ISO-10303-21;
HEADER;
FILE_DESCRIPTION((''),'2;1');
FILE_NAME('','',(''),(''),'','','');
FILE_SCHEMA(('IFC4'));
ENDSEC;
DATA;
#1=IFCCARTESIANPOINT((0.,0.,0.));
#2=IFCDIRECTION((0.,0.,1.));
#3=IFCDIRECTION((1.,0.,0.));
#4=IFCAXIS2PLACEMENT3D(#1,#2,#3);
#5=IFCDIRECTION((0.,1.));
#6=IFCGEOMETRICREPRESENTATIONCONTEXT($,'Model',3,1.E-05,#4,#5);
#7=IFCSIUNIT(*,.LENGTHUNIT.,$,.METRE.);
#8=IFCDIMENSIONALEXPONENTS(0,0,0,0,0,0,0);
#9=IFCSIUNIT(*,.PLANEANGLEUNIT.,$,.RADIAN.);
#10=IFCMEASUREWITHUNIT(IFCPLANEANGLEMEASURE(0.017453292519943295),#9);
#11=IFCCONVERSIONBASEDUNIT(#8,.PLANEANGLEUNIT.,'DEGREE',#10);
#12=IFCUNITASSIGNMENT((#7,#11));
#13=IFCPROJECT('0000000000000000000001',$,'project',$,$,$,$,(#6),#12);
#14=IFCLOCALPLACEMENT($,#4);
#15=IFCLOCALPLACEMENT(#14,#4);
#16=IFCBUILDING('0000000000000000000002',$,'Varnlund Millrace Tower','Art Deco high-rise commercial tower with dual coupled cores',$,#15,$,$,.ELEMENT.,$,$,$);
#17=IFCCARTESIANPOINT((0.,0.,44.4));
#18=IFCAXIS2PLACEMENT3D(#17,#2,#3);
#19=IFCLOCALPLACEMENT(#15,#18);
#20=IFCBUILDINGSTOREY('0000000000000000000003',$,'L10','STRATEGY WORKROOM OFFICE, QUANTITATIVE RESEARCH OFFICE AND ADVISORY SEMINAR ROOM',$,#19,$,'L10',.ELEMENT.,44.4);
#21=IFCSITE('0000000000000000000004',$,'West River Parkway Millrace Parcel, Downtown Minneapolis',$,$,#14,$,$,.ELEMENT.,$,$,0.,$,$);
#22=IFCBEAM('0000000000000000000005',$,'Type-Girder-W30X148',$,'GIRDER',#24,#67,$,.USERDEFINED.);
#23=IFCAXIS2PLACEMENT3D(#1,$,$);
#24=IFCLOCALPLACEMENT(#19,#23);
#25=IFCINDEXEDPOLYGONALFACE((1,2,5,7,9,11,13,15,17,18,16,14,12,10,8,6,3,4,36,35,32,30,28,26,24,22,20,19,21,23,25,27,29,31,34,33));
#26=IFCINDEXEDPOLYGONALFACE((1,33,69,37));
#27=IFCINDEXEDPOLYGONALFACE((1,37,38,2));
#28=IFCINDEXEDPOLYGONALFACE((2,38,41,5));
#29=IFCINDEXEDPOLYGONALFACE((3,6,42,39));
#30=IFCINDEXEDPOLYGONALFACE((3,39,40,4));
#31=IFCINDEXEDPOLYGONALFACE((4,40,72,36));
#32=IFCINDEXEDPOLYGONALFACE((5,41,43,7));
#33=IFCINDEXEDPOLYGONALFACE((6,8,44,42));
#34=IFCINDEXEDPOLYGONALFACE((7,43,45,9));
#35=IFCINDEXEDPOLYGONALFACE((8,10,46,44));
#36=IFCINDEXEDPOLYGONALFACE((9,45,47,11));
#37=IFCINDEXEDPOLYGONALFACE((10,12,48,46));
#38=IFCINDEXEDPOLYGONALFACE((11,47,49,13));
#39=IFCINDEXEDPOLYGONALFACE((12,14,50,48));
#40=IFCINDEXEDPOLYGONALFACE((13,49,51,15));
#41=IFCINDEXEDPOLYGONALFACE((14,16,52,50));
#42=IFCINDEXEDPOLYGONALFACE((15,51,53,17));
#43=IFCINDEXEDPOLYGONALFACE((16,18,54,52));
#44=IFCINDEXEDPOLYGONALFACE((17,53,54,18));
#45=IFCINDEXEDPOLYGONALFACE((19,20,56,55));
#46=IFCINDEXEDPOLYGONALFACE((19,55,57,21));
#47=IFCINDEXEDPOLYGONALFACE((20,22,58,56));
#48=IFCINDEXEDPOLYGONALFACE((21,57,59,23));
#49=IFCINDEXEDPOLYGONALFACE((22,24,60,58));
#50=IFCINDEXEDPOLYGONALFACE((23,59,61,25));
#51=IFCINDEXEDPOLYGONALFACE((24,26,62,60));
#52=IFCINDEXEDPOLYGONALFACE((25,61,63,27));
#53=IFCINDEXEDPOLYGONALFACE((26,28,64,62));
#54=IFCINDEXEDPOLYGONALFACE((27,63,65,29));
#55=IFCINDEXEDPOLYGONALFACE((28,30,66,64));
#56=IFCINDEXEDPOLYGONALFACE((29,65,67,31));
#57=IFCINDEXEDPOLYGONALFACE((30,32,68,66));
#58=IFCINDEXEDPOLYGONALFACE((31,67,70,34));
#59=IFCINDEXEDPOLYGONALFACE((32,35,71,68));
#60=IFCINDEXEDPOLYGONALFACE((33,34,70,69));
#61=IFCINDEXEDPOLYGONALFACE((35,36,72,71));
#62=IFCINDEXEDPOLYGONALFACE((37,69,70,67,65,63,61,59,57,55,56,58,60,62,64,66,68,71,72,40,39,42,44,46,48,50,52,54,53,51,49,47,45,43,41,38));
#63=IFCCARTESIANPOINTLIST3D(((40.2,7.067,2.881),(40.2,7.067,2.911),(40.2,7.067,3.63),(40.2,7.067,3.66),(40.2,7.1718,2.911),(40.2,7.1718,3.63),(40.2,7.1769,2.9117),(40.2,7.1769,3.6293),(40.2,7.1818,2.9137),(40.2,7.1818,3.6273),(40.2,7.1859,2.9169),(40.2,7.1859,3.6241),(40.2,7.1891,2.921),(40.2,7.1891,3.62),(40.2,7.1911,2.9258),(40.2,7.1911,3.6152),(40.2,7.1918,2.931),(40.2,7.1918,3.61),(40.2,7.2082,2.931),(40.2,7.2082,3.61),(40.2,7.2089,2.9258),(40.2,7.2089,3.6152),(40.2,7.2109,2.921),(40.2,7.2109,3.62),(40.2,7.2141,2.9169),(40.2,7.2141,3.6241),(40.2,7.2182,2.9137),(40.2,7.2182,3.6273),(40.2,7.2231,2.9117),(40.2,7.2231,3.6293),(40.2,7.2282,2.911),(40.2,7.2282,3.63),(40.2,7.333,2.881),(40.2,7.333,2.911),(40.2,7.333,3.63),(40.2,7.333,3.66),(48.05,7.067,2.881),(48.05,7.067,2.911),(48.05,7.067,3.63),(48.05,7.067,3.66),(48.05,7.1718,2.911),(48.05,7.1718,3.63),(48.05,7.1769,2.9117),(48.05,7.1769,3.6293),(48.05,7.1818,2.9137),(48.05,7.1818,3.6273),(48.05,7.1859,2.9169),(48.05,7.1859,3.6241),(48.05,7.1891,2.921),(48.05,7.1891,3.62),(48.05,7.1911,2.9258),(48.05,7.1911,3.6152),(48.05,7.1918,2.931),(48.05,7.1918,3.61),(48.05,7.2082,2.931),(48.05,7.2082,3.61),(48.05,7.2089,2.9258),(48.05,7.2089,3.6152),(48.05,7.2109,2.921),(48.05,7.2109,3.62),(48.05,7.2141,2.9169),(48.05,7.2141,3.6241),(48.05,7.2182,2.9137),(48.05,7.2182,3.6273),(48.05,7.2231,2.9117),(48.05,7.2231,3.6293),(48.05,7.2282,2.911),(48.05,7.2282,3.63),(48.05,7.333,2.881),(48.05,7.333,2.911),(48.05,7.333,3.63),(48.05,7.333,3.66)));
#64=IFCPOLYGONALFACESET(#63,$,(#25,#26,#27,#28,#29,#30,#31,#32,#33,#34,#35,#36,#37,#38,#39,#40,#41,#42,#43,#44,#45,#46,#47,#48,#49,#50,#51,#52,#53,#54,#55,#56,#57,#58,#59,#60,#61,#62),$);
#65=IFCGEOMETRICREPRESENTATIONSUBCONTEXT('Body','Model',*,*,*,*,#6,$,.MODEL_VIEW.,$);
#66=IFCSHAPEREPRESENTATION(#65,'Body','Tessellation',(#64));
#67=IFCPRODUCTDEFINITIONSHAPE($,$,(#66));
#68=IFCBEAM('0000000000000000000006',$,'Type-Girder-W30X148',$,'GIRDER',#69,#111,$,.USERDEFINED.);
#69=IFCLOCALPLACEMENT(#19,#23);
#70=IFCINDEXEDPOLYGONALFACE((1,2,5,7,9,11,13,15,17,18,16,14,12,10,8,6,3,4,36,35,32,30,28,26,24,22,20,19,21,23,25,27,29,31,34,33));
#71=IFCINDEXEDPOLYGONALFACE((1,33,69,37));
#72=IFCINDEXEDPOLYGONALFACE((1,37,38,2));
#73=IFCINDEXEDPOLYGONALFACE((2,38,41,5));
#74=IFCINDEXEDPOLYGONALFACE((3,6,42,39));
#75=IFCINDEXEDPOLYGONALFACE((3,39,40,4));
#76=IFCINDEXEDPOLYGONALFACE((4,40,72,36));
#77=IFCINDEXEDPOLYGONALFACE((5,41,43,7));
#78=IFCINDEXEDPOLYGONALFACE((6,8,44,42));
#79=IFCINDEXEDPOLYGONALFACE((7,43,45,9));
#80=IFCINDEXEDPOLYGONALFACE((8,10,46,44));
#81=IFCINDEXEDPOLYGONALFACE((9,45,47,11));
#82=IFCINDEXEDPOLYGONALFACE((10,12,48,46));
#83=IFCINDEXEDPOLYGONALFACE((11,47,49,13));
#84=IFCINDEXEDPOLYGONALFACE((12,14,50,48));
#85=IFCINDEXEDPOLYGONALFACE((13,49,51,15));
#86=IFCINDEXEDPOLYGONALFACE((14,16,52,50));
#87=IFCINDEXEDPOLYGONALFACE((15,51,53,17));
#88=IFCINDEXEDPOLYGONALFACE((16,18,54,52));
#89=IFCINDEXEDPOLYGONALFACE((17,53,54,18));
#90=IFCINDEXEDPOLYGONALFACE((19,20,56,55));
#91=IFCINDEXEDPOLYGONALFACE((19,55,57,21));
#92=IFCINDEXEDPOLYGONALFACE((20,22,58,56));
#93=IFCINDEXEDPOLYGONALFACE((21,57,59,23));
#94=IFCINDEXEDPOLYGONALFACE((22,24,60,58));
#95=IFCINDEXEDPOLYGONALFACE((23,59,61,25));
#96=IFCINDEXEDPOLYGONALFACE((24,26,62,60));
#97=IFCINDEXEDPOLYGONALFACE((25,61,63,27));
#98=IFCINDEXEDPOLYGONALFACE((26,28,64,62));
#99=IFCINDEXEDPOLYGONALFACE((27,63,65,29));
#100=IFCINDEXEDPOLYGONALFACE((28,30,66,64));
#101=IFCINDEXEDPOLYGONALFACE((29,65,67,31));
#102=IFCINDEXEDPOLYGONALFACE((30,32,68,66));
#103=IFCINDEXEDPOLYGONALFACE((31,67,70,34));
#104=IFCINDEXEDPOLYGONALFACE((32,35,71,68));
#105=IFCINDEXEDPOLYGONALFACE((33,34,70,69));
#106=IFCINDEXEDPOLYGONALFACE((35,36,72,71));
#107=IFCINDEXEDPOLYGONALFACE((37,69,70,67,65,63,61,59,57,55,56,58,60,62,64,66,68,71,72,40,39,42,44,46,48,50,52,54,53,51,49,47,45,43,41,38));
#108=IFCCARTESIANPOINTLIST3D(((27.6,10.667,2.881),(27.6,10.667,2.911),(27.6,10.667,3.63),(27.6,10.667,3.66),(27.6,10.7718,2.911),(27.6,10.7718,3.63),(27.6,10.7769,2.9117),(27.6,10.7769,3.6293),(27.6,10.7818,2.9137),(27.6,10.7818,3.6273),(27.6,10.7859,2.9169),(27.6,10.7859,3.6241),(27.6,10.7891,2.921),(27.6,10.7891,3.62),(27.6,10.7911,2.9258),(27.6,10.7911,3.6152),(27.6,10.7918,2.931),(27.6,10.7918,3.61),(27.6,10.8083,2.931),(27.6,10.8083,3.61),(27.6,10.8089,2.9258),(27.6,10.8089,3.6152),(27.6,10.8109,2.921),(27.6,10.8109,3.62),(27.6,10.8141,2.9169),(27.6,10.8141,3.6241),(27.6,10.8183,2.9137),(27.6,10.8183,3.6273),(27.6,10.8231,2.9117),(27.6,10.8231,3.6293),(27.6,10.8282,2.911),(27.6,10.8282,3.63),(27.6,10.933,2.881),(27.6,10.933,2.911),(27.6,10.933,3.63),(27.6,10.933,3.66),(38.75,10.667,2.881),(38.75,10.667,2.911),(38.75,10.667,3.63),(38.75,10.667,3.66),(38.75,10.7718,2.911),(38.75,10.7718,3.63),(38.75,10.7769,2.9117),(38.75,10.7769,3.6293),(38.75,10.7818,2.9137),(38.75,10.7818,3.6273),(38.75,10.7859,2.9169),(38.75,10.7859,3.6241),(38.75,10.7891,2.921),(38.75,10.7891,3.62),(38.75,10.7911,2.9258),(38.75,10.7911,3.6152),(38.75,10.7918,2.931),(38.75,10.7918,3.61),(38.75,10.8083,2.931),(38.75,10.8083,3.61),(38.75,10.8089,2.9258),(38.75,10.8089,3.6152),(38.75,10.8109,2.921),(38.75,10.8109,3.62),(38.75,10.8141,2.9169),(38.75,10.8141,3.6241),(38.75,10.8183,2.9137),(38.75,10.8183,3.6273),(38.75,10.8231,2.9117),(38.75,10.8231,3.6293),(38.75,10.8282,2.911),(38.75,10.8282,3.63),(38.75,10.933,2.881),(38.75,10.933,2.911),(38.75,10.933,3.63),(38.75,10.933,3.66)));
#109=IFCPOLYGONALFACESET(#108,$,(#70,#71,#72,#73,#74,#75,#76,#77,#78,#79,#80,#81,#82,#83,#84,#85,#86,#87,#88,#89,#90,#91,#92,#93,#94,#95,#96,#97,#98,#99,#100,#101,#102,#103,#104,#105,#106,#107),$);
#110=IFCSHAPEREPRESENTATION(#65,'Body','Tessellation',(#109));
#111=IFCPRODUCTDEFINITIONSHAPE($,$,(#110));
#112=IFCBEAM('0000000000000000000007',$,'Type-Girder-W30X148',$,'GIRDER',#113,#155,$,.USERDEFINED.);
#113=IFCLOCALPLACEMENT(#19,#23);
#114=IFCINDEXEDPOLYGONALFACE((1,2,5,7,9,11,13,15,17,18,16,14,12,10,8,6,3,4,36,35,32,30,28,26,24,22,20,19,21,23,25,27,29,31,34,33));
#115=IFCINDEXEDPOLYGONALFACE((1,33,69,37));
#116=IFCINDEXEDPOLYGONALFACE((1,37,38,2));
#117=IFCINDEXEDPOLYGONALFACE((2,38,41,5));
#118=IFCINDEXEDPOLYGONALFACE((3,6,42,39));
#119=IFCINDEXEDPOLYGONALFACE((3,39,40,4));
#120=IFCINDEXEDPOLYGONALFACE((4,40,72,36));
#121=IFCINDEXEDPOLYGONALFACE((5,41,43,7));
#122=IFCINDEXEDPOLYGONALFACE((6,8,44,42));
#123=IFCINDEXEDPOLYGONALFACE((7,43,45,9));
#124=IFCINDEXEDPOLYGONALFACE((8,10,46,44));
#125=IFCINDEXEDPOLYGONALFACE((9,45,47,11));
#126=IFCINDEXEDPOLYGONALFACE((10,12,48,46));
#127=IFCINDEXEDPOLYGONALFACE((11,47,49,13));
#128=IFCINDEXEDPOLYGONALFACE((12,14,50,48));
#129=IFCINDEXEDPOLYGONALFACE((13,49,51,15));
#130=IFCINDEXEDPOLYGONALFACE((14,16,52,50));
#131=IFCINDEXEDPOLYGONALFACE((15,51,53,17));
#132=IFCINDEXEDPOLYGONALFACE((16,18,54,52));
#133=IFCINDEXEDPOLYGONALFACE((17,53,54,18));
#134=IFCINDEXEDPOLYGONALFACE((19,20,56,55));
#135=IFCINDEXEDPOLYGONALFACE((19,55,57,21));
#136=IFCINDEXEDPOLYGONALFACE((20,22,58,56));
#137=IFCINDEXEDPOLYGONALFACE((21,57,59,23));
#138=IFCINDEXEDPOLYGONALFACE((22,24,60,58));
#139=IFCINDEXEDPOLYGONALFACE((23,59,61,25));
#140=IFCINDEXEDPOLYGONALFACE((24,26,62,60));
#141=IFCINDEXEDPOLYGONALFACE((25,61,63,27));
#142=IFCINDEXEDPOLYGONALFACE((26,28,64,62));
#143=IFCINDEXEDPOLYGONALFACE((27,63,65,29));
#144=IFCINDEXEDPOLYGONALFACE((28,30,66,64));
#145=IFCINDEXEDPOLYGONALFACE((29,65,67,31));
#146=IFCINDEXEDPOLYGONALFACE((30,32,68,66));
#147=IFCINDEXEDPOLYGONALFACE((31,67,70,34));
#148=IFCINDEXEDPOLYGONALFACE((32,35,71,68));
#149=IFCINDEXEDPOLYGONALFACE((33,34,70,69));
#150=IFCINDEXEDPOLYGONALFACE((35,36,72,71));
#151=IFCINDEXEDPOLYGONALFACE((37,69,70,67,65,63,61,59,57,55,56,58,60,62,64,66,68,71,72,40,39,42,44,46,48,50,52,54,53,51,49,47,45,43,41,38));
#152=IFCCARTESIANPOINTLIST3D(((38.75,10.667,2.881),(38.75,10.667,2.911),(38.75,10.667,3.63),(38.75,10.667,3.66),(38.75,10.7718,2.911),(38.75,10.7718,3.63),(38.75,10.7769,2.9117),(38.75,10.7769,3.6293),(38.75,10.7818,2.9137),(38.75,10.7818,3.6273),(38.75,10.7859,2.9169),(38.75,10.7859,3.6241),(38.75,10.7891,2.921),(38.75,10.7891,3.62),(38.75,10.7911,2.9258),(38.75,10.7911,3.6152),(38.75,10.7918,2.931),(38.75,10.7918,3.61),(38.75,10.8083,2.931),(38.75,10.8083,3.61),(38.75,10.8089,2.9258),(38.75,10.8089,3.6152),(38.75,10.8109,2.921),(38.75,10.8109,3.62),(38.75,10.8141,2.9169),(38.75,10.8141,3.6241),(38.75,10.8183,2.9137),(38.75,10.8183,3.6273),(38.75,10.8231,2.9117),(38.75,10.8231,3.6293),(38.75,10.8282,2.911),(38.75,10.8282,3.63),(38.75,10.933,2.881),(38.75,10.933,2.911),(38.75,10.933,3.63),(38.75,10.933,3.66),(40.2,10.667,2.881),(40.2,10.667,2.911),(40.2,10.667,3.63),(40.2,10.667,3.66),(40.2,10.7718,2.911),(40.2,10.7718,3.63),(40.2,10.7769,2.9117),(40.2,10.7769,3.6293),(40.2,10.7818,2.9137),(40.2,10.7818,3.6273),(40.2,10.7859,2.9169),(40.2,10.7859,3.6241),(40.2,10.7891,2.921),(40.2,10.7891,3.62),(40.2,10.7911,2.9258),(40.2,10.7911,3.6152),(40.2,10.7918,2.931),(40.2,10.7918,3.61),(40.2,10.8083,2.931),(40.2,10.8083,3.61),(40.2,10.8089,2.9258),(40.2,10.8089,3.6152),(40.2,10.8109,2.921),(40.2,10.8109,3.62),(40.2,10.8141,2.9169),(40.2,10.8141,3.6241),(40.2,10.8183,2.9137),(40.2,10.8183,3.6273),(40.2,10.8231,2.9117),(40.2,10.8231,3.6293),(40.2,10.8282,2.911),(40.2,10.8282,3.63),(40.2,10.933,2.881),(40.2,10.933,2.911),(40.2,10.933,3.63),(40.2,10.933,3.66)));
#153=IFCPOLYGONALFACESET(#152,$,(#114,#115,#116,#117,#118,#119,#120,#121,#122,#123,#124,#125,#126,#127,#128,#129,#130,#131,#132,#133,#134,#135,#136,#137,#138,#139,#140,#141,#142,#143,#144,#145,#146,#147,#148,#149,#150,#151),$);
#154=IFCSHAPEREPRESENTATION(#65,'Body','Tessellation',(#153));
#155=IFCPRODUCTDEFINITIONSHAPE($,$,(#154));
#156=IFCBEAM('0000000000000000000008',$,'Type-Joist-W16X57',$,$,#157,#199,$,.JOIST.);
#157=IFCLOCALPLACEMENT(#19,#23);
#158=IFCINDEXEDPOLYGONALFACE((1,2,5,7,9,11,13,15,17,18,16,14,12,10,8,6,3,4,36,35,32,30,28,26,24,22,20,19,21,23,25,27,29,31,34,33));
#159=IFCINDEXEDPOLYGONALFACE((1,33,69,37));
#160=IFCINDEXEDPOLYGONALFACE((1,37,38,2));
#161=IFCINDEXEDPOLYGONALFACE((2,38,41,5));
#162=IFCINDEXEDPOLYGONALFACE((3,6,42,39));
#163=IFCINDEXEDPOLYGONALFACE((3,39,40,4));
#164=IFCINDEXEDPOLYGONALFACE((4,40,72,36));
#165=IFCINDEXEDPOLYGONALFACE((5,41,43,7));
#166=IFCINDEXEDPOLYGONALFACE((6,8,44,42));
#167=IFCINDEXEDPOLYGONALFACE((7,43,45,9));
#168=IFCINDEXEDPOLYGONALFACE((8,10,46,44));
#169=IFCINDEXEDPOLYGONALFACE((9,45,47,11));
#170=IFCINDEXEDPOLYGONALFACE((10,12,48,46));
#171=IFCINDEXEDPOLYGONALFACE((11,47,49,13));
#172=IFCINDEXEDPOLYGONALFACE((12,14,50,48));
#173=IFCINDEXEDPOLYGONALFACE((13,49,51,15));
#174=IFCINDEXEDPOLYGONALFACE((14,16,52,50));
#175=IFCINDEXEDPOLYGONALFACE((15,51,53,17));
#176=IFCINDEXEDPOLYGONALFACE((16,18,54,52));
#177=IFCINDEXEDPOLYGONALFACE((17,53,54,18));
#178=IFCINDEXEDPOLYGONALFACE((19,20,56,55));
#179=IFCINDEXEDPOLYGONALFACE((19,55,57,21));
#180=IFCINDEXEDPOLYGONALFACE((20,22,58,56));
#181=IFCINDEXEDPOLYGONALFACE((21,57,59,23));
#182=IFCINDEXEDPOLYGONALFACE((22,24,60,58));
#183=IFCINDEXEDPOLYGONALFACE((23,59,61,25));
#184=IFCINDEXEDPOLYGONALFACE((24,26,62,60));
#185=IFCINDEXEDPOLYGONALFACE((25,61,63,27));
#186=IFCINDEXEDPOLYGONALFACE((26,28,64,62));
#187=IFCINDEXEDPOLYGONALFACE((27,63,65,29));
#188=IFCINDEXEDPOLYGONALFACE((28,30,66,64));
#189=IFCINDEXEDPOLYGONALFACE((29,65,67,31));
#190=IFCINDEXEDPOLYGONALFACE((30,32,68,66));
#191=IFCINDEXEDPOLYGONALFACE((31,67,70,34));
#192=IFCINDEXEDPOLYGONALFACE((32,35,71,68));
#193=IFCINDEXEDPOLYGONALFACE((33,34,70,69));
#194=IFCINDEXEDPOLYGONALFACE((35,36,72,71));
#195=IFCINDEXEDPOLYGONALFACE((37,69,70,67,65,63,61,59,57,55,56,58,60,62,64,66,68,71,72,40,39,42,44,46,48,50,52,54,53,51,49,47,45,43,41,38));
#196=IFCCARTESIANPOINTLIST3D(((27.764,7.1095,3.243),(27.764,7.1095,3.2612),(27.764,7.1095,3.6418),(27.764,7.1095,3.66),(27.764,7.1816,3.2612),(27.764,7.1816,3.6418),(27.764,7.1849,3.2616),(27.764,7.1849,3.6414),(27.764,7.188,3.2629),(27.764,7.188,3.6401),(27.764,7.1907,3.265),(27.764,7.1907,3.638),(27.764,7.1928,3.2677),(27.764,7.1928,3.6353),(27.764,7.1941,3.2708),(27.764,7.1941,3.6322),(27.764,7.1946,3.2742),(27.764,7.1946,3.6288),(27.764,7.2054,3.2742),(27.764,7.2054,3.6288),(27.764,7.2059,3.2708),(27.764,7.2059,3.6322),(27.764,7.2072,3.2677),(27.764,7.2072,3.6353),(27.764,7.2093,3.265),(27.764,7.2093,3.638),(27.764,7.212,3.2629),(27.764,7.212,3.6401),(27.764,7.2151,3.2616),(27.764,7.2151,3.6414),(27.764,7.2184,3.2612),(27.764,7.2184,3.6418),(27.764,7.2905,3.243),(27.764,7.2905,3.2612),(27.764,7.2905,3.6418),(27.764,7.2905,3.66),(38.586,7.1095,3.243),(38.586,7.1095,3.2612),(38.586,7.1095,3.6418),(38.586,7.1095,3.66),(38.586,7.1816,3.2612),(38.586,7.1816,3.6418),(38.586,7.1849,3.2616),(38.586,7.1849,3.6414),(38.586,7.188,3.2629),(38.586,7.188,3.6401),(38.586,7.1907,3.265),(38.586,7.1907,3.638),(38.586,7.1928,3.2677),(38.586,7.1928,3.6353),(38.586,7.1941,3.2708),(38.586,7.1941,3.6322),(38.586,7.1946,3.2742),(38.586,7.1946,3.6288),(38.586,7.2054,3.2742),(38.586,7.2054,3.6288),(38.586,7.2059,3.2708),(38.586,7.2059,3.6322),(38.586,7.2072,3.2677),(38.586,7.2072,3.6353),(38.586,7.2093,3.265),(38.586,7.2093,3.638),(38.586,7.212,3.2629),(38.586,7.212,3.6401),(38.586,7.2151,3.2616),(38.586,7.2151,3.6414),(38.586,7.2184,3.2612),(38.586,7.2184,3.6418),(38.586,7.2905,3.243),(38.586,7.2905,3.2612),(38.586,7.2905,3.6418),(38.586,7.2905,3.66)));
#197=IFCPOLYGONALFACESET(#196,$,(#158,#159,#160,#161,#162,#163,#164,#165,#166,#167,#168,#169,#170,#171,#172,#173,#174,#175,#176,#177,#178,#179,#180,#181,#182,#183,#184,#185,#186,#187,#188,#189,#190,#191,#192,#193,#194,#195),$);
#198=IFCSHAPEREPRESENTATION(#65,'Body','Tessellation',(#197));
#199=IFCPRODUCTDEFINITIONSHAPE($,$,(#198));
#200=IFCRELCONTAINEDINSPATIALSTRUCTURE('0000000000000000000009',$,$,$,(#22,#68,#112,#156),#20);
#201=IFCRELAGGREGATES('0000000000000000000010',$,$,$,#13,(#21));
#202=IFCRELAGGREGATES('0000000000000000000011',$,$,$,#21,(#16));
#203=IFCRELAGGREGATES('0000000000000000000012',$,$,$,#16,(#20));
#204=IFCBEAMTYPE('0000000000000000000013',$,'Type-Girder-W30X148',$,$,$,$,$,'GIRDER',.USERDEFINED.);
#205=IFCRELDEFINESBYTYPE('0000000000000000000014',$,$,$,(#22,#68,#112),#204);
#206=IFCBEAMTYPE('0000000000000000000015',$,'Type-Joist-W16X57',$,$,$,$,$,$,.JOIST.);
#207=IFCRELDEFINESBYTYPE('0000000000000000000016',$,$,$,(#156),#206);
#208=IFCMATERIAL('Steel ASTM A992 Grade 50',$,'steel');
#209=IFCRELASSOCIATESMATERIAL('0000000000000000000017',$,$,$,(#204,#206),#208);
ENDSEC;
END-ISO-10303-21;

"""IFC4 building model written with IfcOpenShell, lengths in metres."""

from ifc_helpers import new_model, entity, si_unit, converted_unit, direction, frame, origin_with_axes, origin_2d_with_axis, place, context, subcontext, project, spatial, i_section, extrude, material, material_profile, profile_set, type_object, element, save


model = new_model("IFC4")

# Units and contexts
model_context = context("Model", 3, precision=1e-05, world=origin_with_axes(), true_north=direction((0.0, 1.0)))
body_context = subcontext(model_context, "Body", "Model", "MODEL_VIEW")
ifc_project = project(units=[si_unit("LENGTHUNIT", "METRE"), converted_unit("PLANEANGLEUNIT", "DEGREE", entity("IfcPlaneAngleMeasure", 0.017453292519943295), si_unit("PLANEANGLEUNIT", "RADIAN"), dimensions=[0, 0, 0, 0, 0, 0, 0])], contexts=[model_context])

# Site, building, storey
site_placement = place(None, origin_with_axes())
site = spatial("IfcSite", under=ifc_project, at=site_placement, Name="West River Parkway Millrace Parcel, Downtown Minneapolis", CompositionType="ELEMENT", RefElevation=0.0)
building_placement = place(site_placement, origin_with_axes())
building = spatial("IfcBuilding", under=site, at=building_placement, Name="Varnlund Millrace Tower", Description="Art Deco high-rise commercial tower with dual coupled cores", CompositionType="ELEMENT")
storey_placement = place(building_placement, frame((0.0, 0.0, 44.4), z_axis=(0.0, 0.0, 1.0), x_axis=(1.0, 0.0, 0.0)))
storey = spatial("IfcBuildingStorey", under=building, at=storey_placement, Name="L10", Description="STRATEGY WORKROOM OFFICE, QUANTITATIVE RESEARCH OFFICE AND ADVISORY SEMINAR ROOM", LongName="L10", CompositionType="ELEMENT", Elevation=44.4)

# Beams
ifc_material_1 = material(Name="Steel ASTM A992 Grade 50", Category="steel")
ifc_material_profile_1 = material_profile(ifc_material_1, i_section(OverallWidth=0.266, OverallDepth=0.779, WebThickness=0.0165, FlangeThickness=0.03, FilletRadius=0.02, at=origin_2d_with_axis()), Name="Steel ASTM A992 Grade 50")
ifc_profile_set_1 = profile_set([ifc_material_profile_1], Name="Steel ASTM A992 Grade 50")
beam_type_1 = type_object("IfcBeamType", Name="Type-Girder-W30X148", ElementType="GIRDER", PredefinedType="USERDEFINED", material=ifc_profile_set_1)
beam_1_placement = place(storey_placement, frame((40.2, 7.2, 3.2705), z_axis=(1.0, 0.0, 0.0), x_axis=(0.0, 1.0, 0.0)))
element("IfcBeam", 1, at=beam_1_placement, inside=storey, type_object=beam_type_1, Name="Type-Girder-W30X148", ObjectType="GIRDER", PredefinedType="USERDEFINED", context=body_context, shape_type="SweptSolid", body=[
    extrude(i_section(OverallWidth=0.266, OverallDepth=0.779, WebThickness=0.0165, FlangeThickness=0.03, FilletRadius=0.02, at=origin_2d_with_axis()), origin_with_axes(), (0.0, 0.0, 1.0), 7.85),
])
beam_2_placement = place(storey_placement, frame((27.6, 10.8, 3.2705), z_axis=(1.0, 0.0, 0.0), x_axis=(0.0, 1.0, 0.0)))
element("IfcBeam", 2, at=beam_2_placement, inside=storey, type_object=beam_type_1, Name="Type-Girder-W30X148", ObjectType="GIRDER", PredefinedType="USERDEFINED", context=body_context, shape_type="SweptSolid", body=[
    extrude(i_section(OverallWidth=0.266, OverallDepth=0.779, WebThickness=0.0165, FlangeThickness=0.03, FilletRadius=0.02, at=origin_2d_with_axis()), origin_with_axes(), (0.0, 0.0, 1.0), 11.15),
])
beam_3_placement = place(storey_placement, frame((38.75, 10.8, 3.2705), z_axis=(1.0, 0.0, 0.0), x_axis=(0.0, 1.0, 0.0)))
element("IfcBeam", 3, at=beam_3_placement, inside=storey, type_object=beam_type_1, Name="Type-Girder-W30X148", ObjectType="GIRDER", PredefinedType="USERDEFINED", context=body_context, shape_type="SweptSolid", body=[
    extrude(i_section(OverallWidth=0.266, OverallDepth=0.779, WebThickness=0.0165, FlangeThickness=0.03, FilletRadius=0.02, at=origin_2d_with_axis()), origin_with_axes(), (0.0, 0.0, 1.0), 1.45),
])
ifc_material_profile_2 = material_profile(ifc_material_1, i_section(OverallWidth=0.181, OverallDepth=0.417, WebThickness=0.0109, FlangeThickness=0.0182, FilletRadius=0.013, at=origin_2d_with_axis()), Name="Steel ASTM A992 Grade 50")
ifc_profile_set_2 = profile_set([ifc_material_profile_2], Name="Steel ASTM A992 Grade 50")
beam_type_2 = type_object("IfcBeamType", Name="Type-Joist-W16X57", PredefinedType="JOIST", material=ifc_profile_set_2)
beam_4_placement = place(storey_placement, frame((27.764, 7.2, 3.4515), z_axis=(1.0, 0.0, 0.0), x_axis=(0.0, 1.0, 0.0)))
element("IfcBeam", 4, at=beam_4_placement, inside=storey, type_object=beam_type_2, Name="Type-Joist-W16X57", PredefinedType="JOIST", context=body_context, shape_type="SweptSolid", body=[
    extrude(i_section(OverallWidth=0.181, OverallDepth=0.417, WebThickness=0.0109, FlangeThickness=0.0182, FilletRadius=0.013, at=origin_2d_with_axis()), origin_with_axes(), (0.0, 0.0, 1.0), 10.822),
])

save(model, "model.ifc")
